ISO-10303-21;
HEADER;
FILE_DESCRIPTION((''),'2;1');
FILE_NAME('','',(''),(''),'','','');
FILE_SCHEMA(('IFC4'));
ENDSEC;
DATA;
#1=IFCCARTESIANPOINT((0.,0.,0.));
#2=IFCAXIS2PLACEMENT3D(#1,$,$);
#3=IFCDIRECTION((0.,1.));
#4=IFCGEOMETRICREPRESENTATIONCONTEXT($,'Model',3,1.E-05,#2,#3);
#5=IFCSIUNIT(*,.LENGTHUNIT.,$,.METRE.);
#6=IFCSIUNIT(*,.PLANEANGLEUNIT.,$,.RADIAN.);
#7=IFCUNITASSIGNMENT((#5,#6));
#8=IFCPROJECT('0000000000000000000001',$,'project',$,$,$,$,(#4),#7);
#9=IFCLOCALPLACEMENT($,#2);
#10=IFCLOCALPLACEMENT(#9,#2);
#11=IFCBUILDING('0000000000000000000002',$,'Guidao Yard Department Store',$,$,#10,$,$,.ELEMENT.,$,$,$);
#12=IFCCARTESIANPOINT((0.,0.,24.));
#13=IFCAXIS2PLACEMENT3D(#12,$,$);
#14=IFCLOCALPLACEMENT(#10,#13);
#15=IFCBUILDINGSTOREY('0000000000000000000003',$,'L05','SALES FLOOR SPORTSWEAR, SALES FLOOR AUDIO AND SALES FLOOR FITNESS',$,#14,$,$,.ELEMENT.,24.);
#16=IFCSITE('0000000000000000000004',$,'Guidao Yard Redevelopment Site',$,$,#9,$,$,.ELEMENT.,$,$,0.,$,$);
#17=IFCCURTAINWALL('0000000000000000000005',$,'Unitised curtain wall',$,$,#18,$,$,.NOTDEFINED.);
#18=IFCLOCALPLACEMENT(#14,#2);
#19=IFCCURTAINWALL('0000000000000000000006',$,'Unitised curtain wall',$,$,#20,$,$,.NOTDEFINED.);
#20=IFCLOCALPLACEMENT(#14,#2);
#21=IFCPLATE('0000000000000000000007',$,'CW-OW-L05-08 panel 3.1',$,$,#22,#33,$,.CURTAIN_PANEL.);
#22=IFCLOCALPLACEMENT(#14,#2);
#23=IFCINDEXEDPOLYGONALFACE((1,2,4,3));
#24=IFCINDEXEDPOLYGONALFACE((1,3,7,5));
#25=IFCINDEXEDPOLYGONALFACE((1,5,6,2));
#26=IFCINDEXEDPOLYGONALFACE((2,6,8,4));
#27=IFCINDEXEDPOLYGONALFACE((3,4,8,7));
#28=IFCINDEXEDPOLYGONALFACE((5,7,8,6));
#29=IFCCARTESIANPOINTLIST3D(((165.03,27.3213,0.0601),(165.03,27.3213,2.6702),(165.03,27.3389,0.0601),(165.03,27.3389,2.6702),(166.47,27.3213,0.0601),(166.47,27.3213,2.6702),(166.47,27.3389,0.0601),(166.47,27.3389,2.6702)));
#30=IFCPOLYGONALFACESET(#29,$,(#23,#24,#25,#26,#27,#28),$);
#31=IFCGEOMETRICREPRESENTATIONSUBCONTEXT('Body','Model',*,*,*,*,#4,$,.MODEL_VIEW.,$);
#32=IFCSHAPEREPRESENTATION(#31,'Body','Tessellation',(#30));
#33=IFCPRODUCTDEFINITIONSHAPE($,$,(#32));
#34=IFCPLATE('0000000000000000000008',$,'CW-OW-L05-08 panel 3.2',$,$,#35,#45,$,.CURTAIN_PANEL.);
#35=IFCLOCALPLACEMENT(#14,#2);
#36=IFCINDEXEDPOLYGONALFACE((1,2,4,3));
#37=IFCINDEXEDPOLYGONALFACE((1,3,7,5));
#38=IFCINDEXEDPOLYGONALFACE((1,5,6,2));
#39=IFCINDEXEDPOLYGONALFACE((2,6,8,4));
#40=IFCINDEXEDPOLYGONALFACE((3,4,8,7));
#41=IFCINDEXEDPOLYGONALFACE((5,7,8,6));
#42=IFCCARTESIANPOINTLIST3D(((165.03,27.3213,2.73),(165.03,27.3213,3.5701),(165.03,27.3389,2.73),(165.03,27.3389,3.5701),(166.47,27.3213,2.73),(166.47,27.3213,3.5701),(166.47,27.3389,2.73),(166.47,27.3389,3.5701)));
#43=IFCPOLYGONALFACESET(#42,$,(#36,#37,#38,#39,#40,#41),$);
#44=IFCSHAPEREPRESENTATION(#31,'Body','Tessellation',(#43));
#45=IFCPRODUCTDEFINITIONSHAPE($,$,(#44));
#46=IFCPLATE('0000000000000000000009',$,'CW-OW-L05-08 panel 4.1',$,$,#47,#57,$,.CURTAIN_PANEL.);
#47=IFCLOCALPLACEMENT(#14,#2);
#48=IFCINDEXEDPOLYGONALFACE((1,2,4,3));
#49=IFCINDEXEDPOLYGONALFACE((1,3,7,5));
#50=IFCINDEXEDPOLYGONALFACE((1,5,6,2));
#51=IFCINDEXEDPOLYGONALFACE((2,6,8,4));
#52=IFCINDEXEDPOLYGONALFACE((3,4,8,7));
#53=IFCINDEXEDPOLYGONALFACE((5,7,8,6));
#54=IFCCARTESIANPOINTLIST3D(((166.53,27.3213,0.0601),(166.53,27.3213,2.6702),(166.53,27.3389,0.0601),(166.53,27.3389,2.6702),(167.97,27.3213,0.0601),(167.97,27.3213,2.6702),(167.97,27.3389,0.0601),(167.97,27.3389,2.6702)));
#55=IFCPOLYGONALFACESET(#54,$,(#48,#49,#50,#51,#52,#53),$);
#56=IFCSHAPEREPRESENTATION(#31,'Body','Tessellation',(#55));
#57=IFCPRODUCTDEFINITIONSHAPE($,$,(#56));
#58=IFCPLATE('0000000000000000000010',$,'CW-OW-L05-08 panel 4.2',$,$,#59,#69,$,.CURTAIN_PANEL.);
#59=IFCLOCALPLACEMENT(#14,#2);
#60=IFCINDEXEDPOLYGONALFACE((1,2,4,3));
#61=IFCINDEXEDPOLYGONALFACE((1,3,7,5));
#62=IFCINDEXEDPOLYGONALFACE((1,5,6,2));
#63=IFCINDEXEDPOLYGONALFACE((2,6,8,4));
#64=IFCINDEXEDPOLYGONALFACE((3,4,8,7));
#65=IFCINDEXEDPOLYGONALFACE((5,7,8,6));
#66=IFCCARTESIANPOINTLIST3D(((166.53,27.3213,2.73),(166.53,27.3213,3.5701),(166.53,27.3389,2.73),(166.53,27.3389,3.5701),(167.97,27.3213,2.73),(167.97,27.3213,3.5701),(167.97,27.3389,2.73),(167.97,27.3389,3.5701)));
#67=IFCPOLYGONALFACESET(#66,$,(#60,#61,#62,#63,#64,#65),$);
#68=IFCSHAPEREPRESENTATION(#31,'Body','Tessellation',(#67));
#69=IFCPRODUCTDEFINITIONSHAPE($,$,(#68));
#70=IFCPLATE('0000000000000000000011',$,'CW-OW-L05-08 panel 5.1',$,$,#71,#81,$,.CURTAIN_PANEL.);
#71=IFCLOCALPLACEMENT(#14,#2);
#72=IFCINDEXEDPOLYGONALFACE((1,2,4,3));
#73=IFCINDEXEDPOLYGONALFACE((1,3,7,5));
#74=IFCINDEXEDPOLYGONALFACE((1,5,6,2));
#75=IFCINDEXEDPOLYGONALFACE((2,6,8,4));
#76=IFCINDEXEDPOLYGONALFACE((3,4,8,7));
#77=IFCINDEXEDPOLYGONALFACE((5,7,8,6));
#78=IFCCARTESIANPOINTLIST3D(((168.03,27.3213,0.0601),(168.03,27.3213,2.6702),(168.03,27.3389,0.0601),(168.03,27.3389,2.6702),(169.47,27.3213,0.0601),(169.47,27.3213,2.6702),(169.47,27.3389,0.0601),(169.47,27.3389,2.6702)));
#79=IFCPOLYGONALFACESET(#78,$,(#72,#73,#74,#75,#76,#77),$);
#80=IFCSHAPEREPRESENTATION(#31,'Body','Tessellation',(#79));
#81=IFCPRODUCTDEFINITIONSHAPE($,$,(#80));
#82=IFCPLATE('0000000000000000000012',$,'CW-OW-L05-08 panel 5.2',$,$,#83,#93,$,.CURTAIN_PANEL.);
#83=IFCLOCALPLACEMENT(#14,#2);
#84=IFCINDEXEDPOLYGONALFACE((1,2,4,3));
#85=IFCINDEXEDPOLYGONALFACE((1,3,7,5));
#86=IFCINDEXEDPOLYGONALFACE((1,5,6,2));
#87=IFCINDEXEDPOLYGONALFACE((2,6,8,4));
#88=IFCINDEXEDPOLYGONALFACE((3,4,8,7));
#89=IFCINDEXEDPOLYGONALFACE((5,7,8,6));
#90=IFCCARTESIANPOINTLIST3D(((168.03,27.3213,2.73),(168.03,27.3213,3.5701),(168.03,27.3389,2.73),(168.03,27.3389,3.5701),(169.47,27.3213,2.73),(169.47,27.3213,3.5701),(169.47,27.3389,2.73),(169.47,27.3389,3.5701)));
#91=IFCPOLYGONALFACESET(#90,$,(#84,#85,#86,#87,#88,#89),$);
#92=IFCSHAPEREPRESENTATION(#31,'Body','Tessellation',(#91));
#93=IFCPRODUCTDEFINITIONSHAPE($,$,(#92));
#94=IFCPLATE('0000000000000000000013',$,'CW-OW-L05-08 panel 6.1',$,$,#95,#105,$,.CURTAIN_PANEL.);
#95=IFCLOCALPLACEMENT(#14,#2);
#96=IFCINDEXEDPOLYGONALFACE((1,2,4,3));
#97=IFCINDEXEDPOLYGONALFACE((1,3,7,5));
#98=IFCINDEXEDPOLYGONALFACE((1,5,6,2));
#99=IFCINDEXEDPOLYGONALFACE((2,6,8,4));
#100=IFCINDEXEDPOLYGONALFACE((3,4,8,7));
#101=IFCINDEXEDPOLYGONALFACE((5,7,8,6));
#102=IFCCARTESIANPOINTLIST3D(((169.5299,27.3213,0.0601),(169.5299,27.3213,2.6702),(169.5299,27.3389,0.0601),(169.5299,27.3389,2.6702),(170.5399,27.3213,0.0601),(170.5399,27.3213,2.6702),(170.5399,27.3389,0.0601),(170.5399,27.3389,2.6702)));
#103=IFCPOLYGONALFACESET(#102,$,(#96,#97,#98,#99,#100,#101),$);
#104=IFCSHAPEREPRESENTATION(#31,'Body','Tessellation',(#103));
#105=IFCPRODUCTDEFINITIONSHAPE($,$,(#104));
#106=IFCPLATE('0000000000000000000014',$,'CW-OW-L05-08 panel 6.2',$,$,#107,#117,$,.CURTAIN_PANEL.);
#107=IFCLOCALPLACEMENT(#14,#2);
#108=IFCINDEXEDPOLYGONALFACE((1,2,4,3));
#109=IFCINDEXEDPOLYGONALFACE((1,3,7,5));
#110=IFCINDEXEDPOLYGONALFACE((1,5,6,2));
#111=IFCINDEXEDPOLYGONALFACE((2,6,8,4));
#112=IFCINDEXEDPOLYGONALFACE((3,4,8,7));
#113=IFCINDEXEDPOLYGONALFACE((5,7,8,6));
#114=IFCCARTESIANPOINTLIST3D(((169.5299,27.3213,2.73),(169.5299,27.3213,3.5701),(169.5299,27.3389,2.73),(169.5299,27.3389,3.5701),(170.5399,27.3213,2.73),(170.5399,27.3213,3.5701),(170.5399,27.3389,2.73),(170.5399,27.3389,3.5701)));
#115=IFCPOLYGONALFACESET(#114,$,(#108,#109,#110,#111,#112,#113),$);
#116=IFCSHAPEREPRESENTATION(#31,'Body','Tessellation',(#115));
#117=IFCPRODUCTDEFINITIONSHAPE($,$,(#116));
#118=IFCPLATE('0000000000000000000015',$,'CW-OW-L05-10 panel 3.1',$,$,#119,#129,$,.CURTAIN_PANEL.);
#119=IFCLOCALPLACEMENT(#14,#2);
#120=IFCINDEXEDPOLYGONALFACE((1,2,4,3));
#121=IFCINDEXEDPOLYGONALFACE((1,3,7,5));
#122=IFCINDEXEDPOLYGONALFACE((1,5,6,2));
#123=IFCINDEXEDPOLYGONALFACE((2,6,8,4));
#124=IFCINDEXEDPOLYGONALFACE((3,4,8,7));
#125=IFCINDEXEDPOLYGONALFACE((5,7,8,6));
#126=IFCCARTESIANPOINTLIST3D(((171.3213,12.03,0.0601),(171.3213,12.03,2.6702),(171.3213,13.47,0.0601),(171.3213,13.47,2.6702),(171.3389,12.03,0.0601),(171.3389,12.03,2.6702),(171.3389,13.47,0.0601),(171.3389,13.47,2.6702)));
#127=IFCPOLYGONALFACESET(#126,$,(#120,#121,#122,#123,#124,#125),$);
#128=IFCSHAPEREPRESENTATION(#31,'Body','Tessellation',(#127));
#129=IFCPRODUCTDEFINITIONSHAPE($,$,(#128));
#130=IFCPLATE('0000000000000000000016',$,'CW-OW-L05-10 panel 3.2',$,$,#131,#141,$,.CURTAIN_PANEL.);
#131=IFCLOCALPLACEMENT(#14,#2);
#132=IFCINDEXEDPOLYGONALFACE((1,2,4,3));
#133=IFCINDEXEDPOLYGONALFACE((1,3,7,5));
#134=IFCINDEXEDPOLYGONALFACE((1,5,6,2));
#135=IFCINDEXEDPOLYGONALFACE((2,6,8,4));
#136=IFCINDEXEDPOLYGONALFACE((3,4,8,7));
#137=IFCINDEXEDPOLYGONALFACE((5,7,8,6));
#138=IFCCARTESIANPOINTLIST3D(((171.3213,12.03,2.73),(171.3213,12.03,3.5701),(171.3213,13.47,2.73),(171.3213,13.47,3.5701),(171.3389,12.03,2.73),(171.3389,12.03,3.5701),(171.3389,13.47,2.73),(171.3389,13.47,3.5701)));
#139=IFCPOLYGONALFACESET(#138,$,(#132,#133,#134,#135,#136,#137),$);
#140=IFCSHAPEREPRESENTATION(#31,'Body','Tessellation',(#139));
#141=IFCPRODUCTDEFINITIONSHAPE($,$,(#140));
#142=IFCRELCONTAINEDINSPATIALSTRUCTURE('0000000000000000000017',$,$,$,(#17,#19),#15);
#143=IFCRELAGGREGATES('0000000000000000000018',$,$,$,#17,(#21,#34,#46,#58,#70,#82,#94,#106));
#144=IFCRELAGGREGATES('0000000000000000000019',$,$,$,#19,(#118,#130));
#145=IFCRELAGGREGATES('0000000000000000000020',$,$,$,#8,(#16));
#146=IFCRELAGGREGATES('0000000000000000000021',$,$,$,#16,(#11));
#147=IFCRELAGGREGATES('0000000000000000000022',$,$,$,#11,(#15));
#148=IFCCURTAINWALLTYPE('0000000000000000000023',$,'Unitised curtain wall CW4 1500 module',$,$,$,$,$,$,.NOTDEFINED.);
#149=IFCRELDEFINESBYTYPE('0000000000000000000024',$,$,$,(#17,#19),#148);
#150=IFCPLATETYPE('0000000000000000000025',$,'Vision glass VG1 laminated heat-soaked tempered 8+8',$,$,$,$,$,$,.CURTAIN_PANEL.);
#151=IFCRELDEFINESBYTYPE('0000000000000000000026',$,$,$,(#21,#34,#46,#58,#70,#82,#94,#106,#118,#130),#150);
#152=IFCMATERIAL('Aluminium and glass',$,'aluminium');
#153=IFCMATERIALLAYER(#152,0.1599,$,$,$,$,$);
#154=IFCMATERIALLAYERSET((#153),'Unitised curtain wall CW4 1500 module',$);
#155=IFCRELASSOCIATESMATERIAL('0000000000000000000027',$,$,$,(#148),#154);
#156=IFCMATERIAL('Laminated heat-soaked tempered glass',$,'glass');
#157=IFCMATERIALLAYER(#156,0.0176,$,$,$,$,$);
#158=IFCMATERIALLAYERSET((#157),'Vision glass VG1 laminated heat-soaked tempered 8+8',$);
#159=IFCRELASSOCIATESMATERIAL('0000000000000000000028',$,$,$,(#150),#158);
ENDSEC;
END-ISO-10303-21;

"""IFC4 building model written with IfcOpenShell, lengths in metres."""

from ifc_helpers import new_model, si_unit, direction, frame, origin, origin_2d, place, context, subcontext, project, spatial, rectangle, extrude, material, layer, layer_set, type_object, element, aggregate, save


model = new_model("IFC4")

# Units and contexts
model_context = context("Model", 3, precision=1e-05, world=origin(), true_north=direction((0.0, 1.0)))
body_context = subcontext(model_context, "Body", "Model", "MODEL_VIEW")
ifc_project = project(units=[si_unit("LENGTHUNIT", "METRE"), si_unit("PLANEANGLEUNIT", "RADIAN")], contexts=[model_context])

# Site, building, storey
site_placement = place(None, origin())
site = spatial("IfcSite", under=ifc_project, at=site_placement, Name="Guidao Yard Redevelopment Site", CompositionType="ELEMENT", RefElevation=0.0)
building_placement = place(site_placement, origin())
building = spatial("IfcBuilding", under=site, at=building_placement, Name="Guidao Yard Department Store", CompositionType="ELEMENT")
storey_placement = place(building_placement, frame((0.0, 0.0, 24.0)))
storey = spatial("IfcBuildingStorey", under=building, at=storey_placement, Name="L05", Description="SALES FLOOR SPORTSWEAR, SALES FLOOR AUDIO AND SALES FLOOR FITNESS", CompositionType="ELEMENT", Elevation=24.0)

# Curtain wall
ifc_material_1 = material(Name="Aluminium and glass", Category="aluminium")
ifc_layer_1 = layer(ifc_material_1, 0.1599)
ifc_layer_set_1 = layer_set([ifc_layer_1], Name="Unitised curtain wall CW4 1500 module")
curtain_wall_type = type_object("IfcCurtainWallType", Name="Unitised curtain wall CW4 1500 module", PredefinedType="NOTDEFINED", material=ifc_layer_set_1)
curtain_wall_1_placement = place(storey_placement, origin())
curtain_wall_1 = element("IfcCurtainWall", 1, at=curtain_wall_1_placement, inside=storey, type_object=curtain_wall_type, Name="Unitised curtain wall", PredefinedType="NOTDEFINED")

# Curtain wall
curtain_wall_2_placement = place(storey_placement, origin())
curtain_wall_2 = element("IfcCurtainWall", 2, at=curtain_wall_2_placement, inside=storey, type_object=curtain_wall_type, Name="Unitised curtain wall", PredefinedType="NOTDEFINED")

# Plates
ifc_material_2 = material(Name="Laminated heat-soaked tempered glass", Category="glass")
ifc_layer_2 = layer(ifc_material_2, 0.0176)
ifc_layer_set_2 = layer_set([ifc_layer_2], Name="Vision glass VG1 laminated heat-soaked tempered 8+8")
plate_type_1 = type_object("IfcPlateType", Name="Vision glass VG1 laminated heat-soaked tempered 8+8", PredefinedType="CURTAIN_PANEL", material=ifc_layer_set_2)
plate_1_placement = place(storey_placement, frame((165.75, 27.3301, 0.0601), z_axis=(0.0, 0.0, 1.0), x_axis=(1.0, 0.0, 0.0)))
plate_1 = element("IfcPlate", 3, at=plate_1_placement, type_object=plate_type_1, Name="CW-OW-L05-08 panel 3.1", PredefinedType="CURTAIN_PANEL", context=body_context, shape_type="SweptSolid", body=[
    extrude(rectangle(XDim=1.4399, YDim=0.0176, at=origin_2d()), origin(), (0.0, 0.0, 1.0), 2.6101),
])
plate_2_placement = place(storey_placement, frame((165.75, 27.3301, 2.73), z_axis=(0.0, 0.0, 1.0), x_axis=(1.0, 0.0, 0.0)))
plate_2 = element("IfcPlate", 4, at=plate_2_placement, type_object=plate_type_1, Name="CW-OW-L05-08 panel 3.2", PredefinedType="CURTAIN_PANEL", context=body_context, shape_type="SweptSolid", body=[
    extrude(rectangle(XDim=1.4399, YDim=0.0176, at=origin_2d()), origin(), (0.0, 0.0, 1.0), 0.8401),
])
plate_3_placement = place(storey_placement, frame((167.25, 27.3301, 0.0601), z_axis=(0.0, 0.0, 1.0), x_axis=(1.0, 0.0, 0.0)))
plate_3 = element("IfcPlate", 5, at=plate_3_placement, type_object=plate_type_1, Name="CW-OW-L05-08 panel 4.1", PredefinedType="CURTAIN_PANEL", context=body_context, shape_type="SweptSolid", body=[
    extrude(rectangle(XDim=1.4399, YDim=0.0176, at=origin_2d()), origin(), (0.0, 0.0, 1.0), 2.6101),
])
plate_4_placement = place(storey_placement, frame((167.25, 27.3301, 2.73), z_axis=(0.0, 0.0, 1.0), x_axis=(1.0, 0.0, 0.0)))
plate_4 = element("IfcPlate", 6, at=plate_4_placement, type_object=plate_type_1, Name="CW-OW-L05-08 panel 4.2", PredefinedType="CURTAIN_PANEL", context=body_context, shape_type="SweptSolid", body=[
    extrude(rectangle(XDim=1.4399, YDim=0.0176, at=origin_2d()), origin(), (0.0, 0.0, 1.0), 0.8401),
])
plate_5_placement = place(storey_placement, frame((168.75, 27.3301, 0.0601), z_axis=(0.0, 0.0, 1.0), x_axis=(1.0, 0.0, 0.0)))
plate_5 = element("IfcPlate", 7, at=plate_5_placement, type_object=plate_type_1, Name="CW-OW-L05-08 panel 5.1", PredefinedType="CURTAIN_PANEL", context=body_context, shape_type="SweptSolid", body=[
    extrude(rectangle(XDim=1.4399, YDim=0.0176, at=origin_2d()), origin(), (0.0, 0.0, 1.0), 2.6101),
])
plate_6_placement = place(storey_placement, frame((168.75, 27.3301, 2.73), z_axis=(0.0, 0.0, 1.0), x_axis=(1.0, 0.0, 0.0)))
plate_6 = element("IfcPlate", 8, at=plate_6_placement, type_object=plate_type_1, Name="CW-OW-L05-08 panel 5.2", PredefinedType="CURTAIN_PANEL", context=body_context, shape_type="SweptSolid", body=[
    extrude(rectangle(XDim=1.4399, YDim=0.0176, at=origin_2d()), origin(), (0.0, 0.0, 1.0), 0.8401),
])
plate_7_placement = place(storey_placement, frame((170.0349, 27.3301, 0.0601), z_axis=(0.0, 0.0, 1.0), x_axis=(1.0, 0.0, 0.0)))
plate_7 = element("IfcPlate", 9, at=plate_7_placement, type_object=plate_type_1, Name="CW-OW-L05-08 panel 6.1", PredefinedType="CURTAIN_PANEL", context=body_context, shape_type="SweptSolid", body=[
    extrude(rectangle(XDim=1.01, YDim=0.0176, at=origin_2d()), origin(), (0.0, 0.0, 1.0), 2.6101),
])
plate_8_placement = place(storey_placement, frame((170.0349, 27.3301, 2.73), z_axis=(0.0, 0.0, 1.0), x_axis=(1.0, 0.0, 0.0)))
plate_8 = element("IfcPlate", 10, at=plate_8_placement, type_object=plate_type_1, Name="CW-OW-L05-08 panel 6.2", PredefinedType="CURTAIN_PANEL", context=body_context, shape_type="SweptSolid", body=[
    extrude(rectangle(XDim=1.01, YDim=0.0176, at=origin_2d()), origin(), (0.0, 0.0, 1.0), 0.8401),
])
aggregate(curtain_wall_1, [plate_1, plate_2, plate_3, plate_4, plate_5, plate_6, plate_7, plate_8])
plate_9_placement = place(storey_placement, frame((171.3301, 12.75, 0.0601), z_axis=(0.0, 0.0, 1.0), x_axis=(0.0, -1.0, 0.0)))
plate_9 = element("IfcPlate", 11, at=plate_9_placement, type_object=plate_type_1, Name="CW-OW-L05-10 panel 3.1", PredefinedType="CURTAIN_PANEL", context=body_context, shape_type="SweptSolid", body=[
    extrude(rectangle(XDim=1.4399, YDim=0.0176, at=origin_2d()), origin(), (0.0, 0.0, 1.0), 2.6101),
])
plate_10_placement = place(storey_placement, frame((171.3301, 12.75, 2.73), z_axis=(0.0, 0.0, 1.0), x_axis=(0.0, -1.0, 0.0)))
plate_10 = element("IfcPlate", 12, at=plate_10_placement, type_object=plate_type_1, Name="CW-OW-L05-10 panel 3.2", PredefinedType="CURTAIN_PANEL", context=body_context, shape_type="SweptSolid", body=[
    extrude(rectangle(XDim=1.4399, YDim=0.0176, at=origin_2d()), origin(), (0.0, 0.0, 1.0), 0.8401),
])
aggregate(curtain_wall_2, [plate_9, plate_10])

save(model, "model.ifc")
